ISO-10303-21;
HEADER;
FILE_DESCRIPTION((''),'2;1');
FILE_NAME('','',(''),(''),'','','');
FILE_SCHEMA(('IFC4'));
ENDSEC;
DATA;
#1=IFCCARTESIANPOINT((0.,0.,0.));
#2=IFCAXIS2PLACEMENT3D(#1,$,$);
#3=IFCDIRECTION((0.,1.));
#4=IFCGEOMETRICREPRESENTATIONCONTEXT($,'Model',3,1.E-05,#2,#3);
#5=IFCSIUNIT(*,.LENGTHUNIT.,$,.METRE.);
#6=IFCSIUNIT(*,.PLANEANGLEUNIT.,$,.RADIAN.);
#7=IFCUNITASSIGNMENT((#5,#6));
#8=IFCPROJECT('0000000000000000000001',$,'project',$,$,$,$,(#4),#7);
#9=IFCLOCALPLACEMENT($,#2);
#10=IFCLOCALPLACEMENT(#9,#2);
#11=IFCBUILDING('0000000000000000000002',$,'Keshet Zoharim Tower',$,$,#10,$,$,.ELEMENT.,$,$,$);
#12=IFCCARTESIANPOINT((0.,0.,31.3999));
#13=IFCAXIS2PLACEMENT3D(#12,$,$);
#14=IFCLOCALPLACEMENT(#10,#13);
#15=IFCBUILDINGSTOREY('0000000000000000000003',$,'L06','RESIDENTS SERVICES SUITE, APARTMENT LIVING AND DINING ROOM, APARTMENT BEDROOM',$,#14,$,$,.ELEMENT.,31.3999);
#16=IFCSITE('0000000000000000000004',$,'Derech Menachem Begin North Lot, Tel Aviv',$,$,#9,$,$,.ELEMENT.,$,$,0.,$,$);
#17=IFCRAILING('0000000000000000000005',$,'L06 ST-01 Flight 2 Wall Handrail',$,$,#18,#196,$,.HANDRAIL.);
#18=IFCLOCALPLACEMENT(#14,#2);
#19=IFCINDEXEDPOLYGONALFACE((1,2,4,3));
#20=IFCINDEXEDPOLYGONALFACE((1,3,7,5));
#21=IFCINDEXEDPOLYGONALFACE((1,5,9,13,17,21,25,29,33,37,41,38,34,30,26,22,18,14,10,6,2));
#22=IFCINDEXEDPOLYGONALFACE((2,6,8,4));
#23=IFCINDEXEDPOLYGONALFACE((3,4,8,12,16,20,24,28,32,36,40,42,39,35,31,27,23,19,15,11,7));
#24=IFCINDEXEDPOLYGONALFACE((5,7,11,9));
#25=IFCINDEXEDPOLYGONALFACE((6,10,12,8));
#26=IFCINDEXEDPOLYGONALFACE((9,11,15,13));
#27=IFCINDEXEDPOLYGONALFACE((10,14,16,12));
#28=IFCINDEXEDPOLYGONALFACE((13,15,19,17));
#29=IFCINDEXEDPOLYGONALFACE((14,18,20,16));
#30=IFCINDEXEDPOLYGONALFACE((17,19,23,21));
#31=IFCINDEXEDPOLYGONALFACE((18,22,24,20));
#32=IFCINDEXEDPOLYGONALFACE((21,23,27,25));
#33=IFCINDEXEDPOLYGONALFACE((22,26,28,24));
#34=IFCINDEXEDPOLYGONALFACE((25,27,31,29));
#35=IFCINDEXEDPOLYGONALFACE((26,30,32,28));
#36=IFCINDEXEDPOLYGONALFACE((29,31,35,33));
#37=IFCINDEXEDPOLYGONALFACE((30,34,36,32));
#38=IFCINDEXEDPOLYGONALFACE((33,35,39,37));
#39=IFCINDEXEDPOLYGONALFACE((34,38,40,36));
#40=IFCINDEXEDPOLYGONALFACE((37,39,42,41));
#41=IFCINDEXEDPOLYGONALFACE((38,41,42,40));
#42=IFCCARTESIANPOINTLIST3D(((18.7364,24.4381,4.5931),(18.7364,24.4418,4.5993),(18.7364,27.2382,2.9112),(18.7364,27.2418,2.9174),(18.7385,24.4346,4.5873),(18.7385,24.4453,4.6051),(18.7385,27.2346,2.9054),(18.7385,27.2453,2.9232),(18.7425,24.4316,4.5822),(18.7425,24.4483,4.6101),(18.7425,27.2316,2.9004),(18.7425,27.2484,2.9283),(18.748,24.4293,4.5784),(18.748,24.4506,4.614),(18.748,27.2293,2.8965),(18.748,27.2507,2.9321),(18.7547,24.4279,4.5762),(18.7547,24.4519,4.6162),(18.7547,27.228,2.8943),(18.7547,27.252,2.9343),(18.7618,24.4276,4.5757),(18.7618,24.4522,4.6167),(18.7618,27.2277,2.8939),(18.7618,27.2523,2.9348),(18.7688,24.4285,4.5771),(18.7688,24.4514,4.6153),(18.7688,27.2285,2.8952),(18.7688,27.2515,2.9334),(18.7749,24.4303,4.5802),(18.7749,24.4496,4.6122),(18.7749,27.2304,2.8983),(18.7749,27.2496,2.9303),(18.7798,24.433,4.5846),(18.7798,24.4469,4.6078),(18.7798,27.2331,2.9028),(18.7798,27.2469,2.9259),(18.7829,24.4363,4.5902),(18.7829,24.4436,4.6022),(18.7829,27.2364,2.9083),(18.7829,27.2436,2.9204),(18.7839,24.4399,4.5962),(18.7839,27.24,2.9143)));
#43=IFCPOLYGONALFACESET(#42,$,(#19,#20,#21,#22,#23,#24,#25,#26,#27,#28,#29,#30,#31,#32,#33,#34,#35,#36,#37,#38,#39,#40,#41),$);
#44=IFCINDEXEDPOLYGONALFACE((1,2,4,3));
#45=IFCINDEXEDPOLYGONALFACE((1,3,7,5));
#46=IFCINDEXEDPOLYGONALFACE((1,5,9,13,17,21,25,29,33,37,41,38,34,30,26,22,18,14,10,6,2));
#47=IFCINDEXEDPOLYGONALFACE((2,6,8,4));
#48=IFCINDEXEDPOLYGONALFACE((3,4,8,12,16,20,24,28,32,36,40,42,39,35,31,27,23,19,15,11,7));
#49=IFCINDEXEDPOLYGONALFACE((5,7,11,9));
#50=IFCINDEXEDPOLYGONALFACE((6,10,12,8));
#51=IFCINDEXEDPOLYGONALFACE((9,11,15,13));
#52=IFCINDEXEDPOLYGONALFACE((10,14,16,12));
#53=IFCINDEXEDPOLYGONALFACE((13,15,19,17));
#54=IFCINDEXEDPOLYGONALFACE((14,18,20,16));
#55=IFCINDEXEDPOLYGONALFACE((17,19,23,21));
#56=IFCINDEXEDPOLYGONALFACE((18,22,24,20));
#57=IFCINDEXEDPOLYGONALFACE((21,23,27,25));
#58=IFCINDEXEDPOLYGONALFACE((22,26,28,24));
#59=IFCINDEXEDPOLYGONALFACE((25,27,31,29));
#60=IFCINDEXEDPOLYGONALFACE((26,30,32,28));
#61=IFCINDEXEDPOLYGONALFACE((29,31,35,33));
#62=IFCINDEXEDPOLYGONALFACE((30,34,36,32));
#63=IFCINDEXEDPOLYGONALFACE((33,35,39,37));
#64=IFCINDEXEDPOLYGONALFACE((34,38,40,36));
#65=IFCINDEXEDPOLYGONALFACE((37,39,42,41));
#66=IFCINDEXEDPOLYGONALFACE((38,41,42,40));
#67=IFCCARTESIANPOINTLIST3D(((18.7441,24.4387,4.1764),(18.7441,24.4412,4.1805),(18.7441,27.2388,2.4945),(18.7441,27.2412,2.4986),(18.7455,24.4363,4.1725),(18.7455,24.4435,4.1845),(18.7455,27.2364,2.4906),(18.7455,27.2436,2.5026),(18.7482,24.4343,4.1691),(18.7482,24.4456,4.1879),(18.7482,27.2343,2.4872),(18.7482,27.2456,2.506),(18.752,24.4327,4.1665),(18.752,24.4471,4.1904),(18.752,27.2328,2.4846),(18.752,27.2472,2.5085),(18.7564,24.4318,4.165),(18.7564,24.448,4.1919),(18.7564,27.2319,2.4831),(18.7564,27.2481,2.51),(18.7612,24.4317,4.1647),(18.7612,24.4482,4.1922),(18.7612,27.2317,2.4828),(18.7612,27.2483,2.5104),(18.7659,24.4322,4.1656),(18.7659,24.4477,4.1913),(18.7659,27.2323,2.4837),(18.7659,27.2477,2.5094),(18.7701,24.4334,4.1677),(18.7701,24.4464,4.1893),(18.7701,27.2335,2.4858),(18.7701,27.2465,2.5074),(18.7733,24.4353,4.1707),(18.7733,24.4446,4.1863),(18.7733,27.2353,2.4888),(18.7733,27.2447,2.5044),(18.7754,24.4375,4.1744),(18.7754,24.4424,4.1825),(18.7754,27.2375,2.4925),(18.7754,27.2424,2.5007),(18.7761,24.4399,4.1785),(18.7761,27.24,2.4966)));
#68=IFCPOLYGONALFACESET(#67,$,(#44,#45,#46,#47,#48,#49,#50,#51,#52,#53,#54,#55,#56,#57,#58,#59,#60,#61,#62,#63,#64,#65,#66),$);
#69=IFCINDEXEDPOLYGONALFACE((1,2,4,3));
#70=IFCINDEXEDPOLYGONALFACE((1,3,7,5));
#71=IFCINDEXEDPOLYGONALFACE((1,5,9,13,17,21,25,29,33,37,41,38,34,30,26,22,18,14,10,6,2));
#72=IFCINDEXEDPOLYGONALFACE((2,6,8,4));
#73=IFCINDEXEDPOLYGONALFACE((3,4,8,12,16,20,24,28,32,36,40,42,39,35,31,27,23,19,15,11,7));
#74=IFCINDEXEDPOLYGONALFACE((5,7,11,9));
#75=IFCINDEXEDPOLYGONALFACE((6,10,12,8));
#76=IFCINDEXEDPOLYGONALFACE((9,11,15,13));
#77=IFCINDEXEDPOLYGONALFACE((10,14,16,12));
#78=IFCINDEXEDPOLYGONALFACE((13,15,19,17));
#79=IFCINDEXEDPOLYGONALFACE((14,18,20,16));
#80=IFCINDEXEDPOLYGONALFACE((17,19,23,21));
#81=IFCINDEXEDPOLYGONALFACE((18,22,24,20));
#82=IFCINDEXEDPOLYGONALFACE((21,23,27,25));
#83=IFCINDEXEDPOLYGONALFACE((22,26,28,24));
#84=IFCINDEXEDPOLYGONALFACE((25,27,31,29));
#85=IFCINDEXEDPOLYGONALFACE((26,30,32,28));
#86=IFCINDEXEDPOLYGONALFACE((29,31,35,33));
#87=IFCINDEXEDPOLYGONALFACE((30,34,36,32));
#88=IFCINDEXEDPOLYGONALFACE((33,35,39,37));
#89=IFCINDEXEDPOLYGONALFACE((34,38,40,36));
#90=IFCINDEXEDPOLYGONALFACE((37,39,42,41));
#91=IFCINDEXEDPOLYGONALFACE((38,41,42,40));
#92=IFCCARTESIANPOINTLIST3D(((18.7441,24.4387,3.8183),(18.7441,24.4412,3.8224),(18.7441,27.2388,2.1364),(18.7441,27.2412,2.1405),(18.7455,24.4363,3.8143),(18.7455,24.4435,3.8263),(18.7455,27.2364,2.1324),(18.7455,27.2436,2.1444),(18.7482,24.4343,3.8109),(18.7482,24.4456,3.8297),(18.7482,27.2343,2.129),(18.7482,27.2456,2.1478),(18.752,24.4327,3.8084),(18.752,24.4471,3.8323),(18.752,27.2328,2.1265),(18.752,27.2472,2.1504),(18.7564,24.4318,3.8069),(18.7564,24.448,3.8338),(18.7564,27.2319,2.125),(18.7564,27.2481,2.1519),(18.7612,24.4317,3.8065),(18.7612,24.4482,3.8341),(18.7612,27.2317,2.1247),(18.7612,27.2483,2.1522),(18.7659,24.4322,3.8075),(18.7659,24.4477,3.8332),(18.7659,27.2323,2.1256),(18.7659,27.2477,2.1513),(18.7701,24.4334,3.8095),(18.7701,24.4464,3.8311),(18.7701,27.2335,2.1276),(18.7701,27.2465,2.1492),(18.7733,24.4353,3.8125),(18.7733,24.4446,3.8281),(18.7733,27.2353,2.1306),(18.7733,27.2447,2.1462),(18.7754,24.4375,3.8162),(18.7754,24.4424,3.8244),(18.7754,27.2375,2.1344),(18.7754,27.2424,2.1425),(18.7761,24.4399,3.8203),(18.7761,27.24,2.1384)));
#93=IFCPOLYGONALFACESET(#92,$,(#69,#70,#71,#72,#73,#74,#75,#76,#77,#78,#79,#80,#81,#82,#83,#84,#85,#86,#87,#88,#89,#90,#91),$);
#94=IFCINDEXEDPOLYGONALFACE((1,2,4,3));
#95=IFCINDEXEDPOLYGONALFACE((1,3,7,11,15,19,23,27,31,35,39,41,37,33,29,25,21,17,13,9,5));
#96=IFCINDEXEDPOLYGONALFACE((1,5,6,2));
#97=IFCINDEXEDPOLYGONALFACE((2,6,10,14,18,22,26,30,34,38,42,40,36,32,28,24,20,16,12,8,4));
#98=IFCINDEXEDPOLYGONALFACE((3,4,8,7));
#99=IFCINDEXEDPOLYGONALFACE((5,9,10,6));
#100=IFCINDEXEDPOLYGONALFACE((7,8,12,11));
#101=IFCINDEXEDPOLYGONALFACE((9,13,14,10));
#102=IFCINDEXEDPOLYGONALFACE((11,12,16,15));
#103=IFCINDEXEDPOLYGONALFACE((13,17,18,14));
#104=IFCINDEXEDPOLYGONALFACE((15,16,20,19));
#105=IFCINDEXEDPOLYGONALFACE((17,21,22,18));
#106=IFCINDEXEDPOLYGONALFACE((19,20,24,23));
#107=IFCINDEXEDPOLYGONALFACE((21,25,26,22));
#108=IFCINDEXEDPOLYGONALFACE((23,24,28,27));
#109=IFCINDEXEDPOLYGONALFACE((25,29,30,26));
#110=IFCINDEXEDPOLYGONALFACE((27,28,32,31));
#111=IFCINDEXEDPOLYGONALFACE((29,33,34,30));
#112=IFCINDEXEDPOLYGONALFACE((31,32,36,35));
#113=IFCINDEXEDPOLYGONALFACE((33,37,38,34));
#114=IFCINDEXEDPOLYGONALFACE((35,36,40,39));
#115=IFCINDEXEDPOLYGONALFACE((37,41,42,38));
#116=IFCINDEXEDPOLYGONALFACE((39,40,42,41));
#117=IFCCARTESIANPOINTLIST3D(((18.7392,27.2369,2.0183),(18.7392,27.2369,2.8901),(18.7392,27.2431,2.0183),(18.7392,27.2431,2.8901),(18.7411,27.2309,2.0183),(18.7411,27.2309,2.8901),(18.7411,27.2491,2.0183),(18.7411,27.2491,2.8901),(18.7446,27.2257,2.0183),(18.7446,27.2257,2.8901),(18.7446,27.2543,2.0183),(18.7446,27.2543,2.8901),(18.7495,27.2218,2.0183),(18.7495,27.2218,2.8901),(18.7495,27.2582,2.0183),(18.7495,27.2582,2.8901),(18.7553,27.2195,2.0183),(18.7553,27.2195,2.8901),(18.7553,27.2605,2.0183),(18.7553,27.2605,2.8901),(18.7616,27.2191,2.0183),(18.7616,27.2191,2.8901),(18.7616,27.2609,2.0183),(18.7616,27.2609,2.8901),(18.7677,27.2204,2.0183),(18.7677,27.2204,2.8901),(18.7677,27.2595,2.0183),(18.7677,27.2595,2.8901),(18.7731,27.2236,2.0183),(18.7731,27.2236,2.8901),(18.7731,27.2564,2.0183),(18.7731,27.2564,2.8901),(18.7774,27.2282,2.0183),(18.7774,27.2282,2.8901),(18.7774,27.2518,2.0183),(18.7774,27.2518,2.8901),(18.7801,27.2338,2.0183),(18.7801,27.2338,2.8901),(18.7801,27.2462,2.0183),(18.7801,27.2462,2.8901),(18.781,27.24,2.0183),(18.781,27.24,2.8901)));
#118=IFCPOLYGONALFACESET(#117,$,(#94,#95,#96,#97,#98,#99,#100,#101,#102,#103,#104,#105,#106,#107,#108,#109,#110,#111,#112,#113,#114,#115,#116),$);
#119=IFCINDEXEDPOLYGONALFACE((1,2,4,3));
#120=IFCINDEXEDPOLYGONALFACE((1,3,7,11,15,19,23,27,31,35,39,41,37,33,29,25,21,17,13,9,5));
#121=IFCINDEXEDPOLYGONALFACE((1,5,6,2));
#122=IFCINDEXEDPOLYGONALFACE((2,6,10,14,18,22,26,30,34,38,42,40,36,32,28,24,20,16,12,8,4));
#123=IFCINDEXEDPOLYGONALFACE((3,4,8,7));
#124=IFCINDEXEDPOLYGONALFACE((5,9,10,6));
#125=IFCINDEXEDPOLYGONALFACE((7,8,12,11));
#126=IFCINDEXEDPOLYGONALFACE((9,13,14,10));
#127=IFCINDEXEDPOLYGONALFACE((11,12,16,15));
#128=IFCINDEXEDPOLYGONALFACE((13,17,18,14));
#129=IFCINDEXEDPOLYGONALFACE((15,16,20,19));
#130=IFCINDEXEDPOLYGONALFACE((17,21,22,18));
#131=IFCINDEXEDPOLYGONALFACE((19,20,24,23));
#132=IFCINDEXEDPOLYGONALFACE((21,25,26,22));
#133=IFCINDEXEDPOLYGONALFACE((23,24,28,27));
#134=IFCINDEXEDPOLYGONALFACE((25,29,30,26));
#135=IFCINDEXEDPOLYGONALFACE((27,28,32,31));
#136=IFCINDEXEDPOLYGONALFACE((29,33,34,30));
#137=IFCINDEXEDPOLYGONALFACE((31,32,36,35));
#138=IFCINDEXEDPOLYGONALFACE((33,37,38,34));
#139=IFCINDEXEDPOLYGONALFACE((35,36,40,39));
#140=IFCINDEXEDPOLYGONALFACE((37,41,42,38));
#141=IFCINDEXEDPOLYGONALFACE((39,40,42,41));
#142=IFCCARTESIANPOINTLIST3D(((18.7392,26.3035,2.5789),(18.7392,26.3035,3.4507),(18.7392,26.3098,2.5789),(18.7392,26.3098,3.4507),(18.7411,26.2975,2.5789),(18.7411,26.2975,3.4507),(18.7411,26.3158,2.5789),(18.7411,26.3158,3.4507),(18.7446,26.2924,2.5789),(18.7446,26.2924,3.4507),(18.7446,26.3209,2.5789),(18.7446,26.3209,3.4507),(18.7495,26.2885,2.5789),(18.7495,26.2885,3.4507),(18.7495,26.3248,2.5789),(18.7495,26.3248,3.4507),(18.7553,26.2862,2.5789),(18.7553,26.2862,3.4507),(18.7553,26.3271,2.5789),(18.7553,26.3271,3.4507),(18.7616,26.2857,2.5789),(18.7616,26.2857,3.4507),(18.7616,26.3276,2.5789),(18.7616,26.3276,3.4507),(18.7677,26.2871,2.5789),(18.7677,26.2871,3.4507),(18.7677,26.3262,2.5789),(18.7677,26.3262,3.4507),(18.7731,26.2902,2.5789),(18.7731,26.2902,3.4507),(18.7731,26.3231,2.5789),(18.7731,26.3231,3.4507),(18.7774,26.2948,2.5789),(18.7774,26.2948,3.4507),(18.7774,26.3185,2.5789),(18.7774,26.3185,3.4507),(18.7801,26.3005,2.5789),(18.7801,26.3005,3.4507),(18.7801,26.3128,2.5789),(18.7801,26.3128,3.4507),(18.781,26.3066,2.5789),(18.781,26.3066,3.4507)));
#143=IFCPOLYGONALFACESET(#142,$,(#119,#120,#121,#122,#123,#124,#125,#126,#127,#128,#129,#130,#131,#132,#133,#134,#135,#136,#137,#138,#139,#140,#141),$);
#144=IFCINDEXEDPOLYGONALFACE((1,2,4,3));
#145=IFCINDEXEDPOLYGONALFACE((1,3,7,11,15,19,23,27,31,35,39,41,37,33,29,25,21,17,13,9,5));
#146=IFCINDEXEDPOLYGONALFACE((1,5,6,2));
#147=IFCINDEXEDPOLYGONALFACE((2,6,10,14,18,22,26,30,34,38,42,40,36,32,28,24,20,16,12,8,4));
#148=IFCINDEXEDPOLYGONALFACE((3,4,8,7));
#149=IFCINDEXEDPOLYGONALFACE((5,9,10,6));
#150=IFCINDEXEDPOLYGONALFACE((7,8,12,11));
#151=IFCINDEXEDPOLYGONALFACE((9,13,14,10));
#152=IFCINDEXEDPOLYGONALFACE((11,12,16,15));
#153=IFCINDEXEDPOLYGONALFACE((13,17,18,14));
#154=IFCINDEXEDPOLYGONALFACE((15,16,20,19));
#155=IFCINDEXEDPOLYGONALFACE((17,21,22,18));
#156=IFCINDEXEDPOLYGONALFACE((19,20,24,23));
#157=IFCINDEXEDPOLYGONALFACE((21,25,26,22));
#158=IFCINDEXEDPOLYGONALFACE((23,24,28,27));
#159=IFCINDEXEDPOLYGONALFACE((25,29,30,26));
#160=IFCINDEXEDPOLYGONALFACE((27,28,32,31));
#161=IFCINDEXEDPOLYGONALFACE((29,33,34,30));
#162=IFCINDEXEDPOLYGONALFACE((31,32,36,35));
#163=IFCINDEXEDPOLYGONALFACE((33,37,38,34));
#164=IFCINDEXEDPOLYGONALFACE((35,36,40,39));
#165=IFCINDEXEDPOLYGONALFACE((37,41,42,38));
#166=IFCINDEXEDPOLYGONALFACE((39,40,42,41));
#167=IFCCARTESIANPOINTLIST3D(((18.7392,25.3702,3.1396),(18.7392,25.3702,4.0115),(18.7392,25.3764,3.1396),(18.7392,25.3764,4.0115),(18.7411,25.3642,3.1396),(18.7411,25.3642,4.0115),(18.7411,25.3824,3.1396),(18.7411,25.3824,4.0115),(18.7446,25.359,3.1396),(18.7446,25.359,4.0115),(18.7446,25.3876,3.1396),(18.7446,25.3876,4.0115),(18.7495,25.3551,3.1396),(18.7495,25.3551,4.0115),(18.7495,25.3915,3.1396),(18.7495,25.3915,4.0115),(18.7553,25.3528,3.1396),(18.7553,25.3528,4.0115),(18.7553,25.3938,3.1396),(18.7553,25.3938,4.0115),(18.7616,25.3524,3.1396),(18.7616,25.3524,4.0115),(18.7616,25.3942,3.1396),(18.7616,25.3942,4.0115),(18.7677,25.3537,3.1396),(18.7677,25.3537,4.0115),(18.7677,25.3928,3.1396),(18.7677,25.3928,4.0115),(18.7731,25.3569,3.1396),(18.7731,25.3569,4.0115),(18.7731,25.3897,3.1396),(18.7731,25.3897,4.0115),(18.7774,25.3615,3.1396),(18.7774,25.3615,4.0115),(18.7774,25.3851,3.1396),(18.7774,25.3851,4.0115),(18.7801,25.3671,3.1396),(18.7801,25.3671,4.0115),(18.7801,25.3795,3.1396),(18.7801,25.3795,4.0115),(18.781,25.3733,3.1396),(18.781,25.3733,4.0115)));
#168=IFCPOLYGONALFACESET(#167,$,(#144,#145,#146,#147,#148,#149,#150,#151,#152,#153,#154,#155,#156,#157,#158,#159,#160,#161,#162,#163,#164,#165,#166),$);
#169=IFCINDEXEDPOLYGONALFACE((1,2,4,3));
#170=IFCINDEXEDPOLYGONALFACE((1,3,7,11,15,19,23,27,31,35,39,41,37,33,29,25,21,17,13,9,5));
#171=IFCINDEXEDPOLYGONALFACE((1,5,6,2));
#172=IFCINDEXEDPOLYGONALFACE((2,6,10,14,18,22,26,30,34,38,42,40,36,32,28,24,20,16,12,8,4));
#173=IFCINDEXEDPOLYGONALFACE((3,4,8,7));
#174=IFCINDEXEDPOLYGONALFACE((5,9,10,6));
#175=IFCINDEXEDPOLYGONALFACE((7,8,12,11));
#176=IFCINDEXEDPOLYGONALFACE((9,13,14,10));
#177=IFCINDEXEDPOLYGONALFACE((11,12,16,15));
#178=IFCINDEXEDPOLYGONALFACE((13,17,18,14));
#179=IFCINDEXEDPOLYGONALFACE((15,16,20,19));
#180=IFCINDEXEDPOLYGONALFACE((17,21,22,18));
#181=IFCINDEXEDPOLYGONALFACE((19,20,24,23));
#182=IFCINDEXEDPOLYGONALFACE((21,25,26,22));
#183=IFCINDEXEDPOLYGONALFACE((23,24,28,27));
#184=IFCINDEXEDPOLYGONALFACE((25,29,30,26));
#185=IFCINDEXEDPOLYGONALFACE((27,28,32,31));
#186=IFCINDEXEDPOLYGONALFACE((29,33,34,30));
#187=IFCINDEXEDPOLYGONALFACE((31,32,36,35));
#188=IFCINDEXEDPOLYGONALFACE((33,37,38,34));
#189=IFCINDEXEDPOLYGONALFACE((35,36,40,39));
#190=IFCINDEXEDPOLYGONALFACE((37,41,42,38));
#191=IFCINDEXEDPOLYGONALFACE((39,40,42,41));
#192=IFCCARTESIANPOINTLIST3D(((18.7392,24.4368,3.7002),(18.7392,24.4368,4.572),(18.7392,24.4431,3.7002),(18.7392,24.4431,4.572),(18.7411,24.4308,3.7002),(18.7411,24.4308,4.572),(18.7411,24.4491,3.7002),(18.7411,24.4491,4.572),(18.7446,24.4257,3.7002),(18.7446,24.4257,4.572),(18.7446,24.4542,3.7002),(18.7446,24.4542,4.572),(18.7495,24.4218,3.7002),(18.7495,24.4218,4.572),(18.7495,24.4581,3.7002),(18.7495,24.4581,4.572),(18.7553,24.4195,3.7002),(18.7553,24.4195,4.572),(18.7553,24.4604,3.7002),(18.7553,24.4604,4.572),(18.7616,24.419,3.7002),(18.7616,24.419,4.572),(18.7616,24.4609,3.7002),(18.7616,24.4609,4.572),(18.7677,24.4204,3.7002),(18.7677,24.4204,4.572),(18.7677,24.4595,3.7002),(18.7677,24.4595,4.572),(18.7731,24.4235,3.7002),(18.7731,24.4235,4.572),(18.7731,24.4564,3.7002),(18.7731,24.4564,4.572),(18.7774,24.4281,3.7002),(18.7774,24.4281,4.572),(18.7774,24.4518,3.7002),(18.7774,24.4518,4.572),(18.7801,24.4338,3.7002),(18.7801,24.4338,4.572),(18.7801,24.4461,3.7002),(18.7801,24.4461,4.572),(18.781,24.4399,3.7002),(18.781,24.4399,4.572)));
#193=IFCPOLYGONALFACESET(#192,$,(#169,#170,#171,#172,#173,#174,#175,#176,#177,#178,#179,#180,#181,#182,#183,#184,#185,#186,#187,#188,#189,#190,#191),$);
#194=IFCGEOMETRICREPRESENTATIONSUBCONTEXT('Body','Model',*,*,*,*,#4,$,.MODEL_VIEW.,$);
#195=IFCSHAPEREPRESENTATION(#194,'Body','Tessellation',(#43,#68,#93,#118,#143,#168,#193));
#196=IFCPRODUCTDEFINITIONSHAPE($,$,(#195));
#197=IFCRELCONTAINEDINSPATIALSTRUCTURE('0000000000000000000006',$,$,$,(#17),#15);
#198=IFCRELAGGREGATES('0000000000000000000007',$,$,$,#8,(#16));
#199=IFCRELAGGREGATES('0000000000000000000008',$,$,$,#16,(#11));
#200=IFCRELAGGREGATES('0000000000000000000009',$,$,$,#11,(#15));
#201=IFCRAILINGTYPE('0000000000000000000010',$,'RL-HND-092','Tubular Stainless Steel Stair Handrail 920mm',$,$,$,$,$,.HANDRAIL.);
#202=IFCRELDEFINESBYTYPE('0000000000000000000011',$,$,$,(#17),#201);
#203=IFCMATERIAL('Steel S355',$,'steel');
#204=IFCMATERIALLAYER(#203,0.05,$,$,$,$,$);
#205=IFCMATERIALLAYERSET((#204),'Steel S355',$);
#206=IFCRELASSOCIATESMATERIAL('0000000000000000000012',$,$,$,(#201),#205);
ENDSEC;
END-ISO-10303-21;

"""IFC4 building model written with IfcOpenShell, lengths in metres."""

from ifc_helpers import new_model, si_unit, direction, frame, origin, origin_2d, place, context, subcontext, project, spatial, circle, extrude, material, layer, layer_set, type_object, element, save


model = new_model("IFC4")

# Units and contexts
model_context = context("Model", 3, precision=1e-05, world=origin(), true_north=direction((0.0, 1.0)))
body_context = subcontext(model_context, "Body", "Model", "MODEL_VIEW")
ifc_project = project(units=[si_unit("LENGTHUNIT", "METRE"), si_unit("PLANEANGLEUNIT", "RADIAN")], contexts=[model_context])

# Site, building, storey
site_placement = place(None, origin())
site = spatial("IfcSite", under=ifc_project, at=site_placement, Name="Derech Menachem Begin North Lot, Tel Aviv", CompositionType="ELEMENT", RefElevation=0.0)
building_placement = place(site_placement, origin())
building = spatial("IfcBuilding", under=site, at=building_placement, Name="Keshet Zoharim Tower", CompositionType="ELEMENT")
storey_placement = place(building_placement, frame((0.0, 0.0, 31.3999)))
storey = spatial("IfcBuildingStorey", under=building, at=storey_placement, Name="L06", Description="RESIDENTS SERVICES SUITE, APARTMENT LIVING AND DINING ROOM, APARTMENT BEDROOM", CompositionType="ELEMENT", Elevation=31.3999)

# Railing
ifc_material_1 = material(Name="Steel S355", Category="steel")
ifc_layer_1 = layer(ifc_material_1, 0.05)
ifc_layer_set_1 = layer_set([ifc_layer_1], Name="Steel S355")
railing_type_1 = type_object("IfcRailingType", Name="RL-HND-092", Description="Tubular Stainless Steel Stair Handrail 920mm", PredefinedType="HANDRAIL", material=ifc_layer_set_1)
railing_1_placement = place(storey_placement, frame((18.76, 27.24, 2.0183)))
element("IfcRailing", 1, at=railing_1_placement, inside=storey, type_object=railing_type_1, Name="L06 ST-01 Flight 2 Wall Handrail", PredefinedType="HANDRAIL", context=body_context, shape_type="SweptSolid", body=[
    extrude(circle(Radius=0.0239, at=origin_2d()), frame((0.0, 0.0, 0.896), z_axis=(0.0, -0.857242, 0.514913), x_axis=(1.0, 0.0, 0.0)), (0.0, 0.0, 1.0), 3.2664),
    extrude(circle(Radius=0.0161, at=origin_2d()), frame((0.0, 0.0, 0.4783), z_axis=(0.0, -0.857242, 0.514913), x_axis=(1.0, 0.0, 0.0)), (0.0, 0.0, 1.0), 3.2664),
    extrude(circle(Radius=0.0161, at=origin_2d()), frame((0.0, 0.0, 0.1201), z_axis=(0.0, -0.857242, 0.514913), x_axis=(1.0, 0.0, 0.0)), (0.0, 0.0, 1.0), 3.2664),
    extrude(circle(Radius=0.021, at=origin_2d()), origin(), (0.0, 0.0, 1.0), 0.8718),
    extrude(circle(Radius=0.021, at=origin_2d()), frame((0.0, -0.9333, 0.5605)), (0.0, 0.0, 1.0), 0.8718),
    extrude(circle(Radius=0.021, at=origin_2d()), frame((0.0, -1.8667, 1.1213)), (0.0, 0.0, 1.0), 0.8718),
    extrude(circle(Radius=0.021, at=origin_2d()), frame((0.0, -2.8, 1.6819)), (0.0, 0.0, 1.0), 0.8718),
])

save(model, "model.ifc")
